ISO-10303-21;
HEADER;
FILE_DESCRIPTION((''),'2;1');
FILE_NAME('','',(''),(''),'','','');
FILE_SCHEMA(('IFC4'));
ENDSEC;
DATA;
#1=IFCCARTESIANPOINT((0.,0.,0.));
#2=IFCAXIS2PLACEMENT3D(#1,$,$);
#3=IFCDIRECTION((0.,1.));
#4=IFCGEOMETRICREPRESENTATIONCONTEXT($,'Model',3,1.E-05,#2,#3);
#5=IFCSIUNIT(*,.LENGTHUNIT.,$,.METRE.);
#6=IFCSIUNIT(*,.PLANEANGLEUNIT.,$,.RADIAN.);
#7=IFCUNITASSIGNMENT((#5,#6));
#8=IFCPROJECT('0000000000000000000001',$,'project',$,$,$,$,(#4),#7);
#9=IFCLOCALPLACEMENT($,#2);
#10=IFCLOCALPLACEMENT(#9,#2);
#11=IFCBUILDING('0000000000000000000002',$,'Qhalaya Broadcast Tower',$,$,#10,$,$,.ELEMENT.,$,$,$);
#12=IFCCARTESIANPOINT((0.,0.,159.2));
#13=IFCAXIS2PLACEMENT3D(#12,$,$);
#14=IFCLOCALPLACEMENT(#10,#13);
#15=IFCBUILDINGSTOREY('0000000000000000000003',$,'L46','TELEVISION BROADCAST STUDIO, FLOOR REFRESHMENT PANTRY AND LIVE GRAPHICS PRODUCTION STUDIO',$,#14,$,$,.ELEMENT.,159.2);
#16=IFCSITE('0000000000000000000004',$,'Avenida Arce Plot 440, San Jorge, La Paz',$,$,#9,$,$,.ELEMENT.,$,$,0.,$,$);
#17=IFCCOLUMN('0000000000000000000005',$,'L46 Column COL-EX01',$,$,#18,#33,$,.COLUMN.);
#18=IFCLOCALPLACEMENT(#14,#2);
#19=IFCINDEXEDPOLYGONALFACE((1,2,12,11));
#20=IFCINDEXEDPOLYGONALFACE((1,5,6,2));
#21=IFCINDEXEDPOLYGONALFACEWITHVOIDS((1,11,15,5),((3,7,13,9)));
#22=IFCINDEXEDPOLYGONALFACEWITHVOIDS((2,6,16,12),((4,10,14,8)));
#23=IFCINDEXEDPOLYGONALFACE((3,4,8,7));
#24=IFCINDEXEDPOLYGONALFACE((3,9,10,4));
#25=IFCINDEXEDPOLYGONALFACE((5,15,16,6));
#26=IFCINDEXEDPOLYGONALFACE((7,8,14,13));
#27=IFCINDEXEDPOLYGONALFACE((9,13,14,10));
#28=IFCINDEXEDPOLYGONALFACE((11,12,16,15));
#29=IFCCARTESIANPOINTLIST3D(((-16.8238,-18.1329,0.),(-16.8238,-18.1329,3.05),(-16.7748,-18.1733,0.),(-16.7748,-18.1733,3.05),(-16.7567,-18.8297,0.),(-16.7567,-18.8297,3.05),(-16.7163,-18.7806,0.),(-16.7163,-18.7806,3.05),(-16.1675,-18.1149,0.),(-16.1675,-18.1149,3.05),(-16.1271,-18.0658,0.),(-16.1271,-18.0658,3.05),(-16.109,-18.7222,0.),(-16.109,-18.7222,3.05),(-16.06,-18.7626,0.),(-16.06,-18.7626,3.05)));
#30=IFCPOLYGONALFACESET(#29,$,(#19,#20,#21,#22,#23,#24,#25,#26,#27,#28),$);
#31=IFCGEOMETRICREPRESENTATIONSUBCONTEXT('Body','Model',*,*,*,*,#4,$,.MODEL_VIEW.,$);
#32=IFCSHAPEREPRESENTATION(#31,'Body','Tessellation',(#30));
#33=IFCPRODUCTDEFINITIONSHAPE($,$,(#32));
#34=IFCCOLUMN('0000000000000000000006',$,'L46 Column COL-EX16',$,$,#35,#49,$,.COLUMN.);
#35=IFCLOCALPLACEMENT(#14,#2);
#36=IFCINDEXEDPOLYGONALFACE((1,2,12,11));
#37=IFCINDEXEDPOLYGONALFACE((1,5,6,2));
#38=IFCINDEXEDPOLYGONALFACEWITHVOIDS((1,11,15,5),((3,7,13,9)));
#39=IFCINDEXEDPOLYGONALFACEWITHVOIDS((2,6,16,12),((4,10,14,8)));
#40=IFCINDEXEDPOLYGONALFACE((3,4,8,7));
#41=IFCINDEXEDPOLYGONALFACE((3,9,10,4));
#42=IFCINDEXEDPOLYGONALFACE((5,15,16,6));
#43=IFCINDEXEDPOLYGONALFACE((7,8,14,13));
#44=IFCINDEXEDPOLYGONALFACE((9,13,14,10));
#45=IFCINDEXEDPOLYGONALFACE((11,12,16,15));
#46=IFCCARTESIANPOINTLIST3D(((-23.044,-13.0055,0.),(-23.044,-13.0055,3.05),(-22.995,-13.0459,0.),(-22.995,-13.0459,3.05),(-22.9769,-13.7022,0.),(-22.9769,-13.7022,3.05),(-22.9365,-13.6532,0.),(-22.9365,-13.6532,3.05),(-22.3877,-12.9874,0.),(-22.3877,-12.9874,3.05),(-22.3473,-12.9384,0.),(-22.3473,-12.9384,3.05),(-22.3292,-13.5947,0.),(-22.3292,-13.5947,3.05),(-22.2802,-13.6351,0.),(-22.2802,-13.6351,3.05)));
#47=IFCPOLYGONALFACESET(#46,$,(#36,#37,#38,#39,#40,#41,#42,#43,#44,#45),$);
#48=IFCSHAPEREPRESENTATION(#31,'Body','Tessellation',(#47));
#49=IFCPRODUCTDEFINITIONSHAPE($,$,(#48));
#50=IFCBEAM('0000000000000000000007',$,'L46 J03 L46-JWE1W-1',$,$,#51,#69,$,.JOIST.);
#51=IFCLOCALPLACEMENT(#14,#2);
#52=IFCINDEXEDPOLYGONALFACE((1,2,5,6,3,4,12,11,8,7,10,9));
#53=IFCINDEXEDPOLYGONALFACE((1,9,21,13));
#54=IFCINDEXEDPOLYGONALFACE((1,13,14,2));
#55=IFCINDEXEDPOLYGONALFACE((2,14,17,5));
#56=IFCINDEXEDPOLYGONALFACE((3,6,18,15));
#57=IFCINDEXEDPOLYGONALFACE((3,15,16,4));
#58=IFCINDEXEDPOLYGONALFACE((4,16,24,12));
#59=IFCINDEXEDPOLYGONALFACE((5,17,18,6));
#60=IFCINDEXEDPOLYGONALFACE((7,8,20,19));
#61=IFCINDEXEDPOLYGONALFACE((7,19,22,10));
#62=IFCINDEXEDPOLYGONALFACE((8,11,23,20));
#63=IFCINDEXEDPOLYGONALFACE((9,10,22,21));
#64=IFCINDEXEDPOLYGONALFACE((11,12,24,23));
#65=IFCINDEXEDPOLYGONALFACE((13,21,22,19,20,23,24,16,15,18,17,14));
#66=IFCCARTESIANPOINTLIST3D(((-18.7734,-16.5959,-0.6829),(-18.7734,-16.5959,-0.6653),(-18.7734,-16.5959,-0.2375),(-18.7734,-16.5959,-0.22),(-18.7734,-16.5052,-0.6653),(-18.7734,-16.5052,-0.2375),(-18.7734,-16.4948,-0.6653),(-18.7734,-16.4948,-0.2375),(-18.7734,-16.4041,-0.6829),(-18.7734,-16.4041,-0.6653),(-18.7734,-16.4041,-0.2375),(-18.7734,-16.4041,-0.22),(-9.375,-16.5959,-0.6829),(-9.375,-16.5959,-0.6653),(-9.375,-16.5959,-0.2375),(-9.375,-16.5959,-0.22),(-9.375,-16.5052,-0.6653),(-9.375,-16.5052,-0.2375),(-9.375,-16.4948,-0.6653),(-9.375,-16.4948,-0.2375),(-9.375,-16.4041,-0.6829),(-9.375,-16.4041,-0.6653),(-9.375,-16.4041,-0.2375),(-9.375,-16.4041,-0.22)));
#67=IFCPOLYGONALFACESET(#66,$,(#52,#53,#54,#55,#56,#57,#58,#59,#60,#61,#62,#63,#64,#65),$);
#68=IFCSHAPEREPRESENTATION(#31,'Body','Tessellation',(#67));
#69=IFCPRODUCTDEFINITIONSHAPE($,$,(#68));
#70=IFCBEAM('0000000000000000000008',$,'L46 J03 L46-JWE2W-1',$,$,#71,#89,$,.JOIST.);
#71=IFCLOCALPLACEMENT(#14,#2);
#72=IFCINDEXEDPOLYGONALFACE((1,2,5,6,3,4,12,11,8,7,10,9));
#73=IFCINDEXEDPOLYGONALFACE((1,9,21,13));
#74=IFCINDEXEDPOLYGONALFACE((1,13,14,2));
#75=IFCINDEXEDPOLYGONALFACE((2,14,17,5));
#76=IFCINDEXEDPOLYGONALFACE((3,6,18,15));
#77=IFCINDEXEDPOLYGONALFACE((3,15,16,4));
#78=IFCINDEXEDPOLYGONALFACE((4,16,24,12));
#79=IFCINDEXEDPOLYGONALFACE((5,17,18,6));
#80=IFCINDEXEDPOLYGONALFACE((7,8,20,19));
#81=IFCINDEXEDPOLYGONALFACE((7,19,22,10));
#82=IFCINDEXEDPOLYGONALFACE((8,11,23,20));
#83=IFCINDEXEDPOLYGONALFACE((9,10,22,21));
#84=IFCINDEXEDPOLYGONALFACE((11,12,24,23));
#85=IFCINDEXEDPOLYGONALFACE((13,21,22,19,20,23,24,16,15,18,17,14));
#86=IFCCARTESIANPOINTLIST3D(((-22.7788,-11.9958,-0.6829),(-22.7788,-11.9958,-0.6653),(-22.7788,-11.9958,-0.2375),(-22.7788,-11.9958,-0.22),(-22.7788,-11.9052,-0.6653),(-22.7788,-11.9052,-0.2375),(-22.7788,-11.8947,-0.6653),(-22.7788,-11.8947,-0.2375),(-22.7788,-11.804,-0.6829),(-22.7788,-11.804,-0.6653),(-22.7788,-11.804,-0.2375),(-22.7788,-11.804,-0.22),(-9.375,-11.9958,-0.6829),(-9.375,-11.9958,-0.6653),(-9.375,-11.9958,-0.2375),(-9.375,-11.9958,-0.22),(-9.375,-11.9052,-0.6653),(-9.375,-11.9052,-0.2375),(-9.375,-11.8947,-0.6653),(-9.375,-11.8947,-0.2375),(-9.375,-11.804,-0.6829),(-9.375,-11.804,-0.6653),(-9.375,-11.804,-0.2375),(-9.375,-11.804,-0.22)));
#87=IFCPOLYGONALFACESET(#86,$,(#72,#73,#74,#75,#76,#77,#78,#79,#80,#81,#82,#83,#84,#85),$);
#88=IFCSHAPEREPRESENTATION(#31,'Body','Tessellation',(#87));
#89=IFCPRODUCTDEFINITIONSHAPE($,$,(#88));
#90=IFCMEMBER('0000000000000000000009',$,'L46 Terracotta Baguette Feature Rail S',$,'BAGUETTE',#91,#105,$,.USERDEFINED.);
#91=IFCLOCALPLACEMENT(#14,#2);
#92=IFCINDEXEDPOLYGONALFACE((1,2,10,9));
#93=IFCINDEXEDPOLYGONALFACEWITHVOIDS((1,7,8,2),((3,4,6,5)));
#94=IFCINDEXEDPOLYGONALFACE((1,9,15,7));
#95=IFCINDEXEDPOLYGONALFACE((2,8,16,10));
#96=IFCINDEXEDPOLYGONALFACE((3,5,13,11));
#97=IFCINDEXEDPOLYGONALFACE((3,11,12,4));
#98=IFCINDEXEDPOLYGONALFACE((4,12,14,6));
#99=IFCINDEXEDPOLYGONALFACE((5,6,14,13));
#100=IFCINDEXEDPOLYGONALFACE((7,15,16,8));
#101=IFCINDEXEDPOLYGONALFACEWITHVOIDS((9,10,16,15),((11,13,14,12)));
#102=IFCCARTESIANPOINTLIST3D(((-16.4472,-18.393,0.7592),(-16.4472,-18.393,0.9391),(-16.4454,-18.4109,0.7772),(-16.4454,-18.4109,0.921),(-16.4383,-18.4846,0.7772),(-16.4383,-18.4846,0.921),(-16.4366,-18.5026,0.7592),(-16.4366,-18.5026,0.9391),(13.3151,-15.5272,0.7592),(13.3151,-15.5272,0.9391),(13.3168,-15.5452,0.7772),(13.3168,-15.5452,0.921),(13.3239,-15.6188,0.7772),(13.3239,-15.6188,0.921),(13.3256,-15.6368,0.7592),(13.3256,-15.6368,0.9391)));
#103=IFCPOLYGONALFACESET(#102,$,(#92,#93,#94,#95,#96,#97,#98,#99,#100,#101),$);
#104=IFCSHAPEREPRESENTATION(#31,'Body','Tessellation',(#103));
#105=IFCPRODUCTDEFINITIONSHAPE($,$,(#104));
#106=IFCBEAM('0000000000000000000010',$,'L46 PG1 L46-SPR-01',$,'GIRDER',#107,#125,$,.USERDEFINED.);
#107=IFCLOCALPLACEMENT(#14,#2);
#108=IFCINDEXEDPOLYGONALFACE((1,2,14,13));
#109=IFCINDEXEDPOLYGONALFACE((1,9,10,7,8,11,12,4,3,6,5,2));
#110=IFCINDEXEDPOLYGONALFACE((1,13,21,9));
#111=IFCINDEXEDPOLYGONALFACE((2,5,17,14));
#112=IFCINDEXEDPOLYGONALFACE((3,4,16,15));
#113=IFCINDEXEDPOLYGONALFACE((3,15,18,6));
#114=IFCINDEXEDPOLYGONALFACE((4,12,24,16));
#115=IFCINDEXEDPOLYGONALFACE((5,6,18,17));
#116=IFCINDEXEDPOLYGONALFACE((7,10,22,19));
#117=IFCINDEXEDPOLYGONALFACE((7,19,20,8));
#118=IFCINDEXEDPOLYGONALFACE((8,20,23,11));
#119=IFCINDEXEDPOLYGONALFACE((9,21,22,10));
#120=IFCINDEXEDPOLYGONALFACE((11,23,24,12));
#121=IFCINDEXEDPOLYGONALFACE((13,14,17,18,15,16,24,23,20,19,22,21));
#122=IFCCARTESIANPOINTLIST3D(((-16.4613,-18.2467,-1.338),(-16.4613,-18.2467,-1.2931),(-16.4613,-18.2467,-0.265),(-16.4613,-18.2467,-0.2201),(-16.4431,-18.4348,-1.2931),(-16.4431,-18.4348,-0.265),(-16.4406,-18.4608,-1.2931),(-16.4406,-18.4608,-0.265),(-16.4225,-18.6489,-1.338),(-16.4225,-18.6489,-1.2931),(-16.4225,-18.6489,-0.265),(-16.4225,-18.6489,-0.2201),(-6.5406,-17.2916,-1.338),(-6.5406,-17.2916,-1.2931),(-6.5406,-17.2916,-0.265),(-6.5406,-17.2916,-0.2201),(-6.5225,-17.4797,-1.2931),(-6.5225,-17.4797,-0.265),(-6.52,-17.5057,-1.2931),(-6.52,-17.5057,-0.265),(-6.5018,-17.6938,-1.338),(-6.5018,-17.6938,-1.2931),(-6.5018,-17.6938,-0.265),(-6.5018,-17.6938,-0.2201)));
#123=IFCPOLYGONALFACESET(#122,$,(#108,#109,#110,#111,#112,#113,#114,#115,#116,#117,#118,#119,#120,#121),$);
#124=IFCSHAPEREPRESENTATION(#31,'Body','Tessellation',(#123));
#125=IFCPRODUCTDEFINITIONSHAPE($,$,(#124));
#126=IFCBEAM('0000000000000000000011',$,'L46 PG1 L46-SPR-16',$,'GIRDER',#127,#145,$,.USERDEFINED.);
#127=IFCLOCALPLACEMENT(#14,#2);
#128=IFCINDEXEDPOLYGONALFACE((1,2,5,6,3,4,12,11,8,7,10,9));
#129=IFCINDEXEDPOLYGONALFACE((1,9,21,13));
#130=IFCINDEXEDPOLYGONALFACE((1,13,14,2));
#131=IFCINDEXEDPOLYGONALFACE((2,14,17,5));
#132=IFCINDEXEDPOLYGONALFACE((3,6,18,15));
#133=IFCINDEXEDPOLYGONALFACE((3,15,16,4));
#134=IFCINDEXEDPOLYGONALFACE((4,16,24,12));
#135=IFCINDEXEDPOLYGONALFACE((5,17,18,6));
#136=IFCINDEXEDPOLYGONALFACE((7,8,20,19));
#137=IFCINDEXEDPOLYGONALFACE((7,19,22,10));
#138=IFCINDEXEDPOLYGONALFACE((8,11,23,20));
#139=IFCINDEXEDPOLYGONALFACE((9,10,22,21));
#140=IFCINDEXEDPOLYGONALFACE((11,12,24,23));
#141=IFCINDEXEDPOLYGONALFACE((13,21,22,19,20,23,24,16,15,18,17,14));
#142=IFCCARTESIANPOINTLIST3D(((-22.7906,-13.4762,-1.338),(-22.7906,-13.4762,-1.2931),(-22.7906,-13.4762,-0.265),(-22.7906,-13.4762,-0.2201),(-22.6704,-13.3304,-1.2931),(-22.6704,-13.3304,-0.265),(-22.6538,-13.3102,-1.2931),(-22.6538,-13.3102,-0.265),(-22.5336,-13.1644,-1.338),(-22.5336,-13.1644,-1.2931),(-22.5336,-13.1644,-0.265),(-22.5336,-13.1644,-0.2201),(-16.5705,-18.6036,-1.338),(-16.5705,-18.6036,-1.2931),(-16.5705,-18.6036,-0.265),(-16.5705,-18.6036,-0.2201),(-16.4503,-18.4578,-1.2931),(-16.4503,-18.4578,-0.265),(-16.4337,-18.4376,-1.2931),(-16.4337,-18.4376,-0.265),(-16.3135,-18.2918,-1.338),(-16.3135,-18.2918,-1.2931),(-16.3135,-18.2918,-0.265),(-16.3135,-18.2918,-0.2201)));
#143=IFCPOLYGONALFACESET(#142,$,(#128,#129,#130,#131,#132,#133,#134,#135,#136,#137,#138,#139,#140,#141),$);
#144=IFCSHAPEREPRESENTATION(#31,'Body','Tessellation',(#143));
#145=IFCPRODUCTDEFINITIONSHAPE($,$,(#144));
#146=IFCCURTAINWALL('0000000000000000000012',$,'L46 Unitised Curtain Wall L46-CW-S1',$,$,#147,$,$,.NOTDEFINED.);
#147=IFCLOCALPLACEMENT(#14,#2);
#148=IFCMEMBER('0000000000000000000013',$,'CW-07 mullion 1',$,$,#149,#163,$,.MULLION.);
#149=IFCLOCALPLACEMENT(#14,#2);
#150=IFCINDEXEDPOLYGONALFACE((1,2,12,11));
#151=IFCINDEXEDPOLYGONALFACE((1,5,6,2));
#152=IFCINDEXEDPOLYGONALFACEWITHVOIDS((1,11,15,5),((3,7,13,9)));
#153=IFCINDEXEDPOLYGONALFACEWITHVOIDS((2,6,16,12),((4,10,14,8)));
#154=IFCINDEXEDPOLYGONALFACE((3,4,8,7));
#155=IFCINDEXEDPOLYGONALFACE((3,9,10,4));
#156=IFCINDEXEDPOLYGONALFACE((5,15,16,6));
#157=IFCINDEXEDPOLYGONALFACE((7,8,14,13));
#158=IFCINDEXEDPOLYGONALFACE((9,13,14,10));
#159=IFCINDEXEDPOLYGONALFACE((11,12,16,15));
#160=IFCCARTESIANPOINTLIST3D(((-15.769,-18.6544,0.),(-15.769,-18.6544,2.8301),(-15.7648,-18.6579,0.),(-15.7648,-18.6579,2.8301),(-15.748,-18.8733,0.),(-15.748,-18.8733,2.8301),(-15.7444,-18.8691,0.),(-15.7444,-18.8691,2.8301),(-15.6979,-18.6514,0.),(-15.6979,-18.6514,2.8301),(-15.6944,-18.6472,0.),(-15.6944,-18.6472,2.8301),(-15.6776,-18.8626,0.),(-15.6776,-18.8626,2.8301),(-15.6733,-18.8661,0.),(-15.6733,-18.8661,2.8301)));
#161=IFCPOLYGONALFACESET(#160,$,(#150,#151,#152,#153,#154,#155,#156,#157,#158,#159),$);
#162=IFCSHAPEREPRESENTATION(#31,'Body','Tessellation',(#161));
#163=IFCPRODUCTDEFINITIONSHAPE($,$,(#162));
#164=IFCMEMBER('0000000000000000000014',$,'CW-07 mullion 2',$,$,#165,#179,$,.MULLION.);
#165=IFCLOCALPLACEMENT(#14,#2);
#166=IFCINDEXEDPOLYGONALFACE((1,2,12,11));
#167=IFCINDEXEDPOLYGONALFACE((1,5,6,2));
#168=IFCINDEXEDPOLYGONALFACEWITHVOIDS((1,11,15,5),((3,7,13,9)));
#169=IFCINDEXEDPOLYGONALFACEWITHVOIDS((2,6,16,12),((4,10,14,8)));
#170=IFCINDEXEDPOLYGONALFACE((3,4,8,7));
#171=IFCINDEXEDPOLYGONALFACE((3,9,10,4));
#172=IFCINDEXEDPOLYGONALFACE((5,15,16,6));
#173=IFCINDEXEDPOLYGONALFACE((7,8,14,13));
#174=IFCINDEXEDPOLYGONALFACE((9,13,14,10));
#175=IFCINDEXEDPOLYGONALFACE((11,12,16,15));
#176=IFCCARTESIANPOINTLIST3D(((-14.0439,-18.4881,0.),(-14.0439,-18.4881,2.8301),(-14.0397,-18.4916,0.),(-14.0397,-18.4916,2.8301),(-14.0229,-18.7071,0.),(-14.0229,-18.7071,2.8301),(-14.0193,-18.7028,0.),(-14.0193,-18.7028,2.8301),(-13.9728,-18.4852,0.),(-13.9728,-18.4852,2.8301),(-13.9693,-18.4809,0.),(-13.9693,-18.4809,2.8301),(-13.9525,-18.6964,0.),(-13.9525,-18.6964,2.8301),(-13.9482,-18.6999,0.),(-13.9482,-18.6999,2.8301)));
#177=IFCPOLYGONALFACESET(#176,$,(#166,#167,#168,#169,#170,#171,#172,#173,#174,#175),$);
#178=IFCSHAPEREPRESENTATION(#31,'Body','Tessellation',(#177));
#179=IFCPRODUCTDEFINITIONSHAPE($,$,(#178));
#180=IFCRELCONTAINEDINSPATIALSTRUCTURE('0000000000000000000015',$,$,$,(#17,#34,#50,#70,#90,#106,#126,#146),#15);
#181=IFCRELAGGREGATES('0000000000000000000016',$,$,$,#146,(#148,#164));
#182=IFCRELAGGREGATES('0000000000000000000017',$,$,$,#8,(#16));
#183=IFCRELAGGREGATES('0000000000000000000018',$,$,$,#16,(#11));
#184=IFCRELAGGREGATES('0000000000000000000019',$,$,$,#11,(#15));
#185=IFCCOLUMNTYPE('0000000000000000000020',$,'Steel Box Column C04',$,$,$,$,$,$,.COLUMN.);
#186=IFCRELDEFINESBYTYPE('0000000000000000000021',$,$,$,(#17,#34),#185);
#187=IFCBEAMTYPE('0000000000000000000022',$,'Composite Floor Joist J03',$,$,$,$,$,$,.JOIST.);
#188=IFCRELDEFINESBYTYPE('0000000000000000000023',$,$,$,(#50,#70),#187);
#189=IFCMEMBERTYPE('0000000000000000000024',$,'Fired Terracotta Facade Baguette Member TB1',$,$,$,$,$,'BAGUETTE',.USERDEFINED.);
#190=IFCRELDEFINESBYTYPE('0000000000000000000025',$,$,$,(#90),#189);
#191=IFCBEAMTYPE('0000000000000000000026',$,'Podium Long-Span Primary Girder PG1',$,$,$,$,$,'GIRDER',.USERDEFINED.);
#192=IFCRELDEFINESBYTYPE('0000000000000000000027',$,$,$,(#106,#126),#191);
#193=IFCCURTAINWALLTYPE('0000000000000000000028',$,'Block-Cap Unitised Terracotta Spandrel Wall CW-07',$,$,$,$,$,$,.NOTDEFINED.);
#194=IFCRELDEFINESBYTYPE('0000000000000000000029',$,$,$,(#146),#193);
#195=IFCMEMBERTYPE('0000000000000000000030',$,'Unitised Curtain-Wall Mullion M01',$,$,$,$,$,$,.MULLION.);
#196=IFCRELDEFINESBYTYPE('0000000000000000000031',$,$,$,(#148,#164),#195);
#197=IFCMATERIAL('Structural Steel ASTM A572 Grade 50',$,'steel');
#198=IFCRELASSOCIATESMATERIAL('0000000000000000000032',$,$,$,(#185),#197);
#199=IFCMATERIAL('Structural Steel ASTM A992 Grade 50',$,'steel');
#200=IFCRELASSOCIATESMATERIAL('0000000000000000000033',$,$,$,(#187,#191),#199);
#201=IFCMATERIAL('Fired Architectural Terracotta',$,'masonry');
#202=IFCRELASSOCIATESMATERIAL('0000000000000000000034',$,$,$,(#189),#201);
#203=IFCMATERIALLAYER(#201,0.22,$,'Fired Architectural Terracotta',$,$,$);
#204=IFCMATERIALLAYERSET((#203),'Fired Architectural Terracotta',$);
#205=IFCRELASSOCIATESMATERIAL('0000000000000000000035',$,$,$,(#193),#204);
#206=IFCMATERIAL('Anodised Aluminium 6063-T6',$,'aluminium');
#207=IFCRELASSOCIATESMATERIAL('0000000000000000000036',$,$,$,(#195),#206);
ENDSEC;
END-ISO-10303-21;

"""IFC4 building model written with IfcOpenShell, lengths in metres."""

from ifc_helpers import new_model, si_unit, direction, frame, origin, origin_2d, place, context, subcontext, project, spatial, hollow_rectangle, i_section, extrude, material, layer, layer_set, material_profile, profile_set, type_object, element, aggregate, save


model = new_model("IFC4")

# Units and contexts
model_context = context("Model", 3, precision=1e-05, world=origin(), true_north=direction((0.0, 1.0)))
body_context = subcontext(model_context, "Body", "Model", "MODEL_VIEW")
ifc_project = project(units=[si_unit("LENGTHUNIT", "METRE"), si_unit("PLANEANGLEUNIT", "RADIAN")], contexts=[model_context])

# Site, building, storey
site_placement = place(None, origin())
site = spatial("IfcSite", under=ifc_project, at=site_placement, Name="Avenida Arce Plot 440, San Jorge, La Paz", CompositionType="ELEMENT", RefElevation=0.0)
building_placement = place(site_placement, origin())
building = spatial("IfcBuilding", under=site, at=building_placement, Name="Qhalaya Broadcast Tower", CompositionType="ELEMENT")
storey_placement = place(building_placement, frame((0.0, 0.0, 159.2)))
storey = spatial("IfcBuildingStorey", under=building, at=storey_placement, Name="L46", Description="TELEVISION BROADCAST STUDIO, FLOOR REFRESHMENT PANTRY AND LIVE GRAPHICS PRODUCTION STUDIO", CompositionType="ELEMENT", Elevation=159.2)

# Columns
ifc_material_1 = material(Name="Structural Steel ASTM A572 Grade 50", Category="steel")
ifc_material_profile_1 = material_profile(ifc_material_1, hollow_rectangle(XDim=0.7, YDim=0.7, WallThickness=0.0449, at=origin_2d()), Name="BOX 700x700x45")
ifc_profile_set_1 = profile_set([ifc_material_profile_1], Name="Structural Steel ASTM A572 Grade 50")
column_type = type_object("IfcColumnType", Name="Steel Box Column C04", PredefinedType="COLUMN", material=ifc_profile_set_1)
for number, where, z_axis, x_axis, name in (
    (1, (-16.4419, -18.4478, 0.0), (0.0, 0.0, 1.0), (0.995396, 0.095846, 0.0), "L46 Column COL-EX01"),
    (2, (-22.6621, -13.3203, 0.0), (0.0, 0.0, 1.0), (-0.095846, 0.995396, 0.0), "L46 Column COL-EX16"),
):
    element("IfcColumn", number, at=place(storey_placement, frame(where, z_axis=z_axis, x_axis=x_axis)), inside=storey, type_object=column_type, Name=name, PredefinedType="COLUMN", context=body_context, shape_type="SweptSolid", body=[
        extrude(hollow_rectangle(XDim=0.7, YDim=0.7, WallThickness=0.0449, at=origin_2d()), origin(), (0.0, 0.0, 1.0), 3.05),
    ])

# Beams
ifc_material_2 = material(Name="Structural Steel ASTM A992 Grade 50", Category="steel")
ifc_material_profile_2 = material_profile(ifc_material_2, i_section(OverallWidth=0.1919, OverallDepth=0.4629, WebThickness=0.0105, FlangeThickness=0.0176, at=origin_2d()), Name="W18X60")
ifc_profile_set_2 = profile_set([ifc_material_profile_2], Name="Structural Steel ASTM A992 Grade 50")
beam_type_1 = type_object("IfcBeamType", Name="Composite Floor Joist J03", PredefinedType="JOIST", material=ifc_profile_set_2)
beam_1_placement = place(storey_placement, frame((-18.7734, -16.5, -0.4514), z_axis=(1.0, 0.0, 0.0), x_axis=(0.0, 1.0, 0.0)))
element("IfcBeam", 3, at=beam_1_placement, inside=storey, type_object=beam_type_1, Name="L46 J03 L46-JWE1W-1", PredefinedType="JOIST", context=body_context, shape_type="SweptSolid", body=[
    extrude(i_section(OverallWidth=0.1919, OverallDepth=0.4629, WebThickness=0.0105, FlangeThickness=0.0176, at=origin_2d()), origin(), (0.0, 0.0, 1.0), 9.3984),
])
beam_2_placement = place(storey_placement, frame((-22.7788, -11.8999, -0.4514), z_axis=(1.0, 0.0, 0.0), x_axis=(0.0, 1.0, 0.0)))
element("IfcBeam", 4, at=beam_2_placement, inside=storey, type_object=beam_type_1, Name="L46 J03 L46-JWE2W-1", PredefinedType="JOIST", context=body_context, shape_type="SweptSolid", body=[
    extrude(i_section(OverallWidth=0.1919, OverallDepth=0.4629, WebThickness=0.0105, FlangeThickness=0.0176, at=origin_2d()), origin(), (0.0, 0.0, 1.0), 13.4038),
])

# Member
ifc_material_3 = material(Name="Fired Architectural Terracotta", Category="masonry")
ifc_material_profile_3 = material_profile(ifc_material_3, hollow_rectangle(XDim=0.1101, YDim=0.1799, WallThickness=0.0181, at=origin_2d()), Name="TB-BAG 110x180x18")
ifc_profile_set_3 = profile_set([ifc_material_profile_3], Name="Fired Architectural Terracotta")
member_type_1 = type_object("IfcMemberType", Name="Fired Terracotta Facade Baguette Member TB1", ElementType="BAGUETTE", PredefinedType="USERDEFINED", material=ifc_profile_set_3)
member_1_placement = place(storey_placement, frame((-16.4419, -18.4478, 0.8491), z_axis=(0.995396, 0.095844, 0.0), x_axis=(-0.095844, 0.995396, 0.0)))
element("IfcMember", 5, at=member_1_placement, inside=storey, type_object=member_type_1, Name="L46 Terracotta Baguette Feature Rail S", ObjectType="BAGUETTE", PredefinedType="USERDEFINED", context=body_context, shape_type="SweptSolid", body=[
    extrude(hollow_rectangle(XDim=0.1101, YDim=0.1799, WallThickness=0.0181, at=origin_2d()), origin(), (0.0, 0.0, 1.0), 29.8999),
])

# Beams
ifc_material_profile_4 = material_profile(ifc_material_2, i_section(OverallWidth=0.4041, OverallDepth=1.1179, WebThickness=0.0261, FlangeThickness=0.0449, at=origin_2d()), Name="W44X335")
ifc_profile_set_4 = profile_set([ifc_material_profile_4], Name="Structural Steel ASTM A992 Grade 50")
beam_type_2 = type_object("IfcBeamType", Name="Podium Long-Span Primary Girder PG1", ElementType="GIRDER", PredefinedType="USERDEFINED", material=ifc_profile_set_4)
beam_3_placement = place(storey_placement, frame((-16.4419, -18.4478, -0.7791), z_axis=(0.995398, 0.095829, 0.0), x_axis=(-0.095829, 0.995398, 0.0)))
element("IfcBeam", 6, at=beam_3_placement, inside=storey, type_object=beam_type_2, Name="L46 PG1 L46-SPR-01", ObjectType="GIRDER", PredefinedType="USERDEFINED", context=body_context, shape_type="SweptSolid", body=[
    extrude(i_section(OverallWidth=0.4041, OverallDepth=1.1179, WebThickness=0.0261, FlangeThickness=0.0449, at=origin_2d()), origin(), (0.0, 0.0, 1.0), 9.9666),
])
beam_4_placement = place(storey_placement, frame((-22.6621, -13.3203, -0.7791), z_axis=(0.771631, -0.63607, 0.0), x_axis=(0.63607, 0.771631, 0.0)))
element("IfcBeam", 7, at=beam_4_placement, inside=storey, type_object=beam_type_2, Name="L46 PG1 L46-SPR-16", ObjectType="GIRDER", PredefinedType="USERDEFINED", context=body_context, shape_type="SweptSolid", body=[
    extrude(i_section(OverallWidth=0.4041, OverallDepth=1.1179, WebThickness=0.0261, FlangeThickness=0.0449, at=origin_2d()), origin(), (0.0, 0.0, 1.0), 8.061),
])

# Curtain wall, members
ifc_layer_1 = layer(ifc_material_3, 0.22, Name="Fired Architectural Terracotta")
ifc_layer_set_1 = layer_set([ifc_layer_1], Name="Fired Architectural Terracotta")
curtain_wall_type_1 = type_object("IfcCurtainWallType", Name="Block-Cap Unitised Terracotta Spandrel Wall CW-07", PredefinedType="NOTDEFINED", material=ifc_layer_set_1)
curtain_wall_1_placement = place(storey_placement, origin())
curtain_wall_1 = element("IfcCurtainWall", 8, at=curtain_wall_1_placement, inside=storey, type_object=curtain_wall_type_1, Name="L46 Unitised Curtain Wall L46-CW-S1", PredefinedType="NOTDEFINED")
ifc_material_4 = material(Name="Anodised Aluminium 6063-T6", Category="aluminium")
ifc_material_profile_5 = material_profile(ifc_material_4, hollow_rectangle(XDim=0.075, YDim=0.22, WallThickness=0.0039, at=origin_2d()), Name="ALU-MUL 75x220x4")
ifc_profile_set_5 = profile_set([ifc_material_profile_5], Name="Anodised Aluminium 6063-T6")
member_type_2 = type_object("IfcMemberType", Name="Unitised Curtain-Wall Mullion M01", PredefinedType="MULLION", material=ifc_profile_set_5)
member_2_placement = place(storey_placement, frame((-15.7212, -18.7603, 0.0), z_axis=(0.0, 0.0, 1.0), x_axis=(0.995396, 0.09585, 0.0)))
member_2 = element("IfcMember", 9, at=member_2_placement, type_object=member_type_2, Name="CW-07 mullion 1", PredefinedType="MULLION", context=body_context, shape_type="SweptSolid", body=[
    extrude(hollow_rectangle(XDim=0.075, YDim=0.22, WallThickness=0.0039, at=origin_2d()), origin(), (0.0, 0.0, 1.0), 2.8301),
])
member_3_placement = place(storey_placement, frame((-13.9961, -18.594, 0.0), z_axis=(0.0, 0.0, 1.0), x_axis=(0.995396, 0.09585, 0.0)))
member_3 = element("IfcMember", 10, at=member_3_placement, type_object=member_type_2, Name="CW-07 mullion 2", PredefinedType="MULLION", context=body_context, shape_type="SweptSolid", body=[
    extrude(hollow_rectangle(XDim=0.075, YDim=0.22, WallThickness=0.0039, at=origin_2d()), origin(), (0.0, 0.0, 1.0), 2.8301),
])

aggregate(curtain_wall_1, [member_2, member_3])

save(model, "model.ifc")
